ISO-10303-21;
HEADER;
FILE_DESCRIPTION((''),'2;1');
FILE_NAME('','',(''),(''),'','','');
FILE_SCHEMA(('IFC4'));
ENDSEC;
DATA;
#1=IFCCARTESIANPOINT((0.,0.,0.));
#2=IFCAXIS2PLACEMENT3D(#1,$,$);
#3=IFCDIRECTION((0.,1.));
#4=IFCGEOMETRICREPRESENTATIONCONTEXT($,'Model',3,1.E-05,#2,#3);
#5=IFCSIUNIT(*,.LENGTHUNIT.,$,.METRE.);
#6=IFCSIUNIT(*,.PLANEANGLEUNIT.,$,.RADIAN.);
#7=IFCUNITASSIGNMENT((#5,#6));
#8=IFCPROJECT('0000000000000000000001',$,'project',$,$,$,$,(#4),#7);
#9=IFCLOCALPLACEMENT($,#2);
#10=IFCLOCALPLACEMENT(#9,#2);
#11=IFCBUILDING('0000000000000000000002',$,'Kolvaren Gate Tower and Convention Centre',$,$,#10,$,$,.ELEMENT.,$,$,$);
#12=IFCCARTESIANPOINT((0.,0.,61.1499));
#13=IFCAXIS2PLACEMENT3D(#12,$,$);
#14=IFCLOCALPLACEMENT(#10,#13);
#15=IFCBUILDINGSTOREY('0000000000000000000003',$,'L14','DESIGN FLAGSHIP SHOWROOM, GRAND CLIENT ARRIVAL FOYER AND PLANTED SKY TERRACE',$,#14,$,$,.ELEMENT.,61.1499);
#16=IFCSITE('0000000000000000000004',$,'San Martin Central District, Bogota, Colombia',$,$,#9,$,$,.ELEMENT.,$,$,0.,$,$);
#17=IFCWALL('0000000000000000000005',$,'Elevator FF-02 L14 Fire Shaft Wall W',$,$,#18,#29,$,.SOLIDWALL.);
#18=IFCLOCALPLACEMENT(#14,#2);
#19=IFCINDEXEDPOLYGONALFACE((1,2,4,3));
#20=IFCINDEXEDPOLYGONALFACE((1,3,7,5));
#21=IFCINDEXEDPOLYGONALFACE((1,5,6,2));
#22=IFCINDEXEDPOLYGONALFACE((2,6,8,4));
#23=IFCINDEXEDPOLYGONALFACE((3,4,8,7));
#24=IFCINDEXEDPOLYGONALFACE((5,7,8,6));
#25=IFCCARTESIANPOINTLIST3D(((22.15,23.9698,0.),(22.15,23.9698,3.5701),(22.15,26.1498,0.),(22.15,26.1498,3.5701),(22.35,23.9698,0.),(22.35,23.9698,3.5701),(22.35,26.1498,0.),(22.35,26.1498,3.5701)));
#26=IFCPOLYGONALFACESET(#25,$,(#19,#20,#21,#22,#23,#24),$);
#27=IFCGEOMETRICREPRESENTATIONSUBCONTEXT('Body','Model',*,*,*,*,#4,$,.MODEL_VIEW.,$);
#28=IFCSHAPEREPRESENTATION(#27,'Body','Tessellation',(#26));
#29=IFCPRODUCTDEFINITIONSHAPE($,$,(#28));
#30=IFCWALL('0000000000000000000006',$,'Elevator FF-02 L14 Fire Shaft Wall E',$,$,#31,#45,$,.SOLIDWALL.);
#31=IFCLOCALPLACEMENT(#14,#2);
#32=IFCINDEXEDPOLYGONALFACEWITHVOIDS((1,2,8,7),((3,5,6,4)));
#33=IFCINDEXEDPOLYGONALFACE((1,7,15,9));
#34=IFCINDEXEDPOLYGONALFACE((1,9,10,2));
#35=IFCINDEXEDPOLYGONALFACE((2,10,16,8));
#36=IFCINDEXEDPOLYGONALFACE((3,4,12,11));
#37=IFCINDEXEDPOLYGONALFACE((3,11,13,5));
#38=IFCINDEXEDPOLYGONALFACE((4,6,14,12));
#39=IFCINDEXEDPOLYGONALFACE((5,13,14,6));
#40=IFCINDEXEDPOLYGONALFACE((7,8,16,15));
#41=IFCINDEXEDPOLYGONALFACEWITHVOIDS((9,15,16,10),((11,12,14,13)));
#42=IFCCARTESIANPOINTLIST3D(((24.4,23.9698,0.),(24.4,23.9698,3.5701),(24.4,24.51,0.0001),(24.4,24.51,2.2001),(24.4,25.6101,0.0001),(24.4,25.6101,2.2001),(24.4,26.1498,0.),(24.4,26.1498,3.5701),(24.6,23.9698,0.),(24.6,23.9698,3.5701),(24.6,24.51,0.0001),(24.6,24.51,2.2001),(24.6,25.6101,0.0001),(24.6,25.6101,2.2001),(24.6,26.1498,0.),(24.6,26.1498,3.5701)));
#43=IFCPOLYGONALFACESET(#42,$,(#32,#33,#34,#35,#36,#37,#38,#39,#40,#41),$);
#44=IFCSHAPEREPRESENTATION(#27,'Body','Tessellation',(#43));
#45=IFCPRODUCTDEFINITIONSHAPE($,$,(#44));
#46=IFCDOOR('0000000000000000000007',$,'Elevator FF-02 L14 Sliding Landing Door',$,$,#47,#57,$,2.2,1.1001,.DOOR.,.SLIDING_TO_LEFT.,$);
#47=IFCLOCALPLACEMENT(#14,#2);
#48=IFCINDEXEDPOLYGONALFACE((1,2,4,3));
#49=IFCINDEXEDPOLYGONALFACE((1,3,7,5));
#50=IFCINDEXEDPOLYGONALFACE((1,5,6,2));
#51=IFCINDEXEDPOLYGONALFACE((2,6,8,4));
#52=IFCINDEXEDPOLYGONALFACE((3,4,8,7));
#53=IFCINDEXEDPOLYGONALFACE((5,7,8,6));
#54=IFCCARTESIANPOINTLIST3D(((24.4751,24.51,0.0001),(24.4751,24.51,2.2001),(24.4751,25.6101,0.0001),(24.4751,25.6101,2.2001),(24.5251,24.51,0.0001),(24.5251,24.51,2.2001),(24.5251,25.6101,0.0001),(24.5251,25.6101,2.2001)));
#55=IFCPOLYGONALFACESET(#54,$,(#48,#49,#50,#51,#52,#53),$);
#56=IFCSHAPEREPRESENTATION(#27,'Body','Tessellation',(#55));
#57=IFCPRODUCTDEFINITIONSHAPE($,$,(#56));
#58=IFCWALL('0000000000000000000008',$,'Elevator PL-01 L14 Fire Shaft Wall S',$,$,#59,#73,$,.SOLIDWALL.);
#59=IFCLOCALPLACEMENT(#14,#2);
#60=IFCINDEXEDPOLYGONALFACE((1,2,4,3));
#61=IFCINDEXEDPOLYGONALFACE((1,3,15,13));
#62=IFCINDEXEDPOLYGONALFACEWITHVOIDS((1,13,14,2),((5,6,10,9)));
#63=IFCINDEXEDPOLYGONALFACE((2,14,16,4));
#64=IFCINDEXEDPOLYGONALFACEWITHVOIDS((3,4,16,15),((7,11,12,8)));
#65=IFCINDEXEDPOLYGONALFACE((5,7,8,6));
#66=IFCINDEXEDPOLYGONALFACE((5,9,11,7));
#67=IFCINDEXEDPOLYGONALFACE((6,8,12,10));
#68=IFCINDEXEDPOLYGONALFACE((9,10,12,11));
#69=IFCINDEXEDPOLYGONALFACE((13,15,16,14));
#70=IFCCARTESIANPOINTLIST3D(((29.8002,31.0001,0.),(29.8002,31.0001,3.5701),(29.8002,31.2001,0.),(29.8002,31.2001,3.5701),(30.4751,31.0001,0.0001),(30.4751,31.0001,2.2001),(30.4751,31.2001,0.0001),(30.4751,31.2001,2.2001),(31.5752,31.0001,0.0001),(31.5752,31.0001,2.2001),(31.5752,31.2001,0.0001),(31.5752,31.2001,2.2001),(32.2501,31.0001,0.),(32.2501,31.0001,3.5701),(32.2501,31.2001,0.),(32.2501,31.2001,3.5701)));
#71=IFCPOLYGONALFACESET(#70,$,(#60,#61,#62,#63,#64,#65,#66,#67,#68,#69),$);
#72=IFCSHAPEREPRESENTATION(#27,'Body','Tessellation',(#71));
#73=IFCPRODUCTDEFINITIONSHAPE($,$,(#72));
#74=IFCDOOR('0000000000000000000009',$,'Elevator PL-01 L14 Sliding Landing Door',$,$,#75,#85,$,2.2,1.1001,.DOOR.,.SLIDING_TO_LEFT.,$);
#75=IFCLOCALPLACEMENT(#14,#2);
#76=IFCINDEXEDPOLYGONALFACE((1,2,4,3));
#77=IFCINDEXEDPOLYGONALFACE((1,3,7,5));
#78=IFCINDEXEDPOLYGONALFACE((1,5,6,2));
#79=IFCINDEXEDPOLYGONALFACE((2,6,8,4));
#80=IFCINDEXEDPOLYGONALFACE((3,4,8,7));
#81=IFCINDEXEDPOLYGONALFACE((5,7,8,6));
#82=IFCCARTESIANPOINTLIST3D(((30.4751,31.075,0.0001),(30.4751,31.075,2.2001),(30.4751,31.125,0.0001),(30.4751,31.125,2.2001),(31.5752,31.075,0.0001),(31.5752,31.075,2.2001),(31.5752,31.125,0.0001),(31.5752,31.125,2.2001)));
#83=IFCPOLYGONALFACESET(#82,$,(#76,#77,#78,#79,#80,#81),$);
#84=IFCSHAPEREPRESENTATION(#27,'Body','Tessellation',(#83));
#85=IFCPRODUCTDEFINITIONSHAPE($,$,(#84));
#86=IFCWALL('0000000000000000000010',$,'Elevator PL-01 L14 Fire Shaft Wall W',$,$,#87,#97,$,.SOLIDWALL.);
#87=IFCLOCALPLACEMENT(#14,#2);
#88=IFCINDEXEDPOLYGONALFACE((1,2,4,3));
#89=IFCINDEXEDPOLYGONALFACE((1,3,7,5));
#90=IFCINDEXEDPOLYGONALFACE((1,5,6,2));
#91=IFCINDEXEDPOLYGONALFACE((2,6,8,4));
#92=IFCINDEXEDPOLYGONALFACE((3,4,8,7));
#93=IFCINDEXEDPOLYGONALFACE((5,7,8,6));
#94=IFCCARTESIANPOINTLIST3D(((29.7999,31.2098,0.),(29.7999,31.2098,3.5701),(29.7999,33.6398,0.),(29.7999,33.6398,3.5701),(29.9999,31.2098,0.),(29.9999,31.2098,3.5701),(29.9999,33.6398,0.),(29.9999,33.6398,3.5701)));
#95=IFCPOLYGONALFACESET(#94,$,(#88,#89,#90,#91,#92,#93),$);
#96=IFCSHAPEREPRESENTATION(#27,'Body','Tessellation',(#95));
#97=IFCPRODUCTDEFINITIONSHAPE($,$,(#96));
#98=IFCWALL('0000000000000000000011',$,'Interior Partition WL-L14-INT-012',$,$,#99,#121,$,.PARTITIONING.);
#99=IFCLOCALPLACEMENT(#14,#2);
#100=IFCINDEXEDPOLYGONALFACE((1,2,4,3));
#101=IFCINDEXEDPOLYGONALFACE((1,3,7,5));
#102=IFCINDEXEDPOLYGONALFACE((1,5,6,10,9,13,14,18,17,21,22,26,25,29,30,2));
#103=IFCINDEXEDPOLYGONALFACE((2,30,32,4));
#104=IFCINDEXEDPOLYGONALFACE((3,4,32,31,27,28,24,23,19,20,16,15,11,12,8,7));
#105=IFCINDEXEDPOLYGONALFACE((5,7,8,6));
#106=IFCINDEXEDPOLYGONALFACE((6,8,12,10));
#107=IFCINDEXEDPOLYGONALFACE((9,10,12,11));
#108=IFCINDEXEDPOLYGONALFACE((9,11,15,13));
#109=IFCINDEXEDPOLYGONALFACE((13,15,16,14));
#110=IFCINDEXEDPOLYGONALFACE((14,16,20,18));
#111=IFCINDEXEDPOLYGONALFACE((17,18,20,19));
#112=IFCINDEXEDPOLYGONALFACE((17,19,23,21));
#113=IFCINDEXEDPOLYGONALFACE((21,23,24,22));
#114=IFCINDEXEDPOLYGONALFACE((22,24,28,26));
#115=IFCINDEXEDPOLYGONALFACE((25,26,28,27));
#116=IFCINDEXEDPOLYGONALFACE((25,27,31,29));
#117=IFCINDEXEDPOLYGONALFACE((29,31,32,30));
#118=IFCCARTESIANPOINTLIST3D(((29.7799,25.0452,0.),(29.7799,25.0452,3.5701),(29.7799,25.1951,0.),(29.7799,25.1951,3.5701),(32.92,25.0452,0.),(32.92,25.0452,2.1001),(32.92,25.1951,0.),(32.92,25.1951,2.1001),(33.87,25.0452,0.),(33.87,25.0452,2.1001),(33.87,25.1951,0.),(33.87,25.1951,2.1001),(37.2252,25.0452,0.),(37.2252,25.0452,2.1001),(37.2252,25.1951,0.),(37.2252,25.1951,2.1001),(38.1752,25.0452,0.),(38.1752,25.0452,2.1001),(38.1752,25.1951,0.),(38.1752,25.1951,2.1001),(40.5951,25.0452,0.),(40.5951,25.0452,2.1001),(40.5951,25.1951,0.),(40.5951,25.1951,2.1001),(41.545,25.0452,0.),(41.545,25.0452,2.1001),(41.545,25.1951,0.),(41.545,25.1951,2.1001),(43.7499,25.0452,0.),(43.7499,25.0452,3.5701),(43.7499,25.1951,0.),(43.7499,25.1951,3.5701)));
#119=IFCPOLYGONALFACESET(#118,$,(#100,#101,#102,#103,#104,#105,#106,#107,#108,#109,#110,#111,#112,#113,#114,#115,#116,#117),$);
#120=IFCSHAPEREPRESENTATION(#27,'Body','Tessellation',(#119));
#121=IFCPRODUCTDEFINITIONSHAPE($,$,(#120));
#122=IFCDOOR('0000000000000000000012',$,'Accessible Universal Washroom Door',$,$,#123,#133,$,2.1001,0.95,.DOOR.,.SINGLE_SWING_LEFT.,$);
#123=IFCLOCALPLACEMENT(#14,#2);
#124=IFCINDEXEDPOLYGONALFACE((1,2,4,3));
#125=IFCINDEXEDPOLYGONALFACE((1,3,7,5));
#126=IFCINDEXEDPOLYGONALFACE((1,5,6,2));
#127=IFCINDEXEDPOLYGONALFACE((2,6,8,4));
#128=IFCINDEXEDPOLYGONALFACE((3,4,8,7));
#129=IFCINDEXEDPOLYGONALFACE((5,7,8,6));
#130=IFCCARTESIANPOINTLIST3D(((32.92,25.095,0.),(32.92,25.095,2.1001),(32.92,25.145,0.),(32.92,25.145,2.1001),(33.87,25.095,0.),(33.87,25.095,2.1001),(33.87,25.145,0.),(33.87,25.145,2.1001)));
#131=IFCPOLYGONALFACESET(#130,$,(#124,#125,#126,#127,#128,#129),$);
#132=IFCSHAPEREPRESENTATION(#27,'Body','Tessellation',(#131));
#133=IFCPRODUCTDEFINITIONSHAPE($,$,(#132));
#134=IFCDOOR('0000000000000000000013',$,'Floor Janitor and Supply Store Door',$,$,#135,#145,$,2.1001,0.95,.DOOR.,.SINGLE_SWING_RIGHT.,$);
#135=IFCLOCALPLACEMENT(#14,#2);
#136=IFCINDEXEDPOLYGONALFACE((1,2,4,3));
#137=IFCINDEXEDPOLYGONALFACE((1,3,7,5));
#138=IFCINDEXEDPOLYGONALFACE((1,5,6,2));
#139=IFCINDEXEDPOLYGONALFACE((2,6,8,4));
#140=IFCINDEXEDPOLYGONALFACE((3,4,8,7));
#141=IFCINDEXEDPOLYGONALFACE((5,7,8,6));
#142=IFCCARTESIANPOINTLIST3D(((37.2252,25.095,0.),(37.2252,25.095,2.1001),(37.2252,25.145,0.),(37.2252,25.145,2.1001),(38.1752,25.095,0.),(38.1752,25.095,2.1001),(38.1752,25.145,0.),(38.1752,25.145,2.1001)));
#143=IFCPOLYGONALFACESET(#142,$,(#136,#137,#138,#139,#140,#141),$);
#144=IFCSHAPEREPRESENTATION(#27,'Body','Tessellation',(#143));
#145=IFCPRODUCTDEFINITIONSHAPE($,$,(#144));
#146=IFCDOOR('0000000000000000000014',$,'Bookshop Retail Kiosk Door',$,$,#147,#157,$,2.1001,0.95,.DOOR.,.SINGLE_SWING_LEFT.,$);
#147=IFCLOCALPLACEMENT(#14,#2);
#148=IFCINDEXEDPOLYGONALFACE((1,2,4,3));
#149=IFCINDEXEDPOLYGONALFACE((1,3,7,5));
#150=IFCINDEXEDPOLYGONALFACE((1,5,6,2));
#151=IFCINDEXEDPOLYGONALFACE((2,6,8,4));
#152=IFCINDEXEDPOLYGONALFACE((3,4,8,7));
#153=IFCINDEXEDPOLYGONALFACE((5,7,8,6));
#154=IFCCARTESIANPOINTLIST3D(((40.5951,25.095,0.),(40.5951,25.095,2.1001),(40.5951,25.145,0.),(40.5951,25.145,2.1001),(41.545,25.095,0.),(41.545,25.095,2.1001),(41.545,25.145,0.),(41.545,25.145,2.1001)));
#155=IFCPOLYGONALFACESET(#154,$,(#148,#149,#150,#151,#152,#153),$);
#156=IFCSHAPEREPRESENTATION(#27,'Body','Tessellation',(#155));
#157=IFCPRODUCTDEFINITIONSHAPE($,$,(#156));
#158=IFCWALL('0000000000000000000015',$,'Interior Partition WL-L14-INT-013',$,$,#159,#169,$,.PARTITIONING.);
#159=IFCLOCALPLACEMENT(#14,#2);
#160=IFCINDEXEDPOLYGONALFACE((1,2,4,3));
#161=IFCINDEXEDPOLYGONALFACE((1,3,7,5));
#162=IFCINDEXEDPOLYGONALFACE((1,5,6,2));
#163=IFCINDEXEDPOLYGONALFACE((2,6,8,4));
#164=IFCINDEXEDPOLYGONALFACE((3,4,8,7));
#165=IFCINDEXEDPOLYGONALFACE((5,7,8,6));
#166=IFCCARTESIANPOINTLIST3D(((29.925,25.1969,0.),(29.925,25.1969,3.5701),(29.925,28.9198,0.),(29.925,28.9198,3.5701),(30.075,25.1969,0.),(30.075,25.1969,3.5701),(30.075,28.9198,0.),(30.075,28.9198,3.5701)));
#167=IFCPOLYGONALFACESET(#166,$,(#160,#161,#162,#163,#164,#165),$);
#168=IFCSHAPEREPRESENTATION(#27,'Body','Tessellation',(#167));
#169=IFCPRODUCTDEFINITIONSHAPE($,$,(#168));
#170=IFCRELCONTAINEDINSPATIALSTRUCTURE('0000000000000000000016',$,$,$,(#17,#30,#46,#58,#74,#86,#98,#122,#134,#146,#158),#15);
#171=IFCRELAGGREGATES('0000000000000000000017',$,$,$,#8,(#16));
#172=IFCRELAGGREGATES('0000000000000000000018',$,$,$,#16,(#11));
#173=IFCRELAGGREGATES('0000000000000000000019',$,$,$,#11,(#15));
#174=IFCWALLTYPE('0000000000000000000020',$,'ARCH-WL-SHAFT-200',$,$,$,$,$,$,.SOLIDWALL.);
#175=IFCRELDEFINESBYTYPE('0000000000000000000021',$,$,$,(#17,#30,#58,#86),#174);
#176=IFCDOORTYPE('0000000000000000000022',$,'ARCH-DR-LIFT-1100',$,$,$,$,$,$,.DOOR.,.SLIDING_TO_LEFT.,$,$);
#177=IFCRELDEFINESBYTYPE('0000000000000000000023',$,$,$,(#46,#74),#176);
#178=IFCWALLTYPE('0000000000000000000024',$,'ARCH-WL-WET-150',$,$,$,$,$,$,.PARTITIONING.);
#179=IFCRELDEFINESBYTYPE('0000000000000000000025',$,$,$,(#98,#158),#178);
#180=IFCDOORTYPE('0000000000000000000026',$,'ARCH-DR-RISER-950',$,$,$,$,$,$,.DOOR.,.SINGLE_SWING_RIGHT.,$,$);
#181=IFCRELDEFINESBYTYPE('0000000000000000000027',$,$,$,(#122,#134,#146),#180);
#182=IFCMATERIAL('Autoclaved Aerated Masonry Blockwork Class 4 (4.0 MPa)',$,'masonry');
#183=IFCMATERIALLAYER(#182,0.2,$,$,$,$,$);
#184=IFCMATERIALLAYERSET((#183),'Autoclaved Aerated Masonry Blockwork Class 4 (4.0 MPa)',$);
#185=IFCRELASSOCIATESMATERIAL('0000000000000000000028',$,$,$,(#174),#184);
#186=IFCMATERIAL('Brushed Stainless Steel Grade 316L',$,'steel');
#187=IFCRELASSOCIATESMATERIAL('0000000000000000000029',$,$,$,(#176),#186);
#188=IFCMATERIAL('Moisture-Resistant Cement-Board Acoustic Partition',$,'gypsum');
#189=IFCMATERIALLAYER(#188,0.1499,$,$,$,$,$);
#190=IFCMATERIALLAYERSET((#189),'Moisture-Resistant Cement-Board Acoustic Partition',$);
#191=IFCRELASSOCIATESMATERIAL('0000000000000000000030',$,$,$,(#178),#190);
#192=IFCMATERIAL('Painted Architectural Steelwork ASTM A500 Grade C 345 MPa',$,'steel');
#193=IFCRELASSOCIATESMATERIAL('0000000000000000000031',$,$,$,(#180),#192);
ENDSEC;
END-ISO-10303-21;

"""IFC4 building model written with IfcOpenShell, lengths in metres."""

from ifc_helpers import new_model, si_unit, direction, frame, frame_2d, origin, place, context, subcontext, project, spatial, rectangle, extrude, material, layer, layer_set, type_object, element, fill, save


model = new_model("IFC4")

# Units and contexts
model_context = context("Model", 3, precision=1e-05, world=origin(), true_north=direction((0.0, 1.0)))
body_context = subcontext(model_context, "Body", "Model", "MODEL_VIEW")
ifc_project = project(units=[si_unit("LENGTHUNIT", "METRE"), si_unit("PLANEANGLEUNIT", "RADIAN")], contexts=[model_context])

# Site, building, storey
site_placement = place(None, origin())
site = spatial("IfcSite", under=ifc_project, at=site_placement, Name="San Martin Central District, Bogota, Colombia", CompositionType="ELEMENT", RefElevation=0.0)
building_placement = place(site_placement, origin())
building = spatial("IfcBuilding", under=site, at=building_placement, Name="Kolvaren Gate Tower and Convention Centre", CompositionType="ELEMENT")
storey_placement = place(building_placement, frame((0.0, 0.0, 61.1499)))
storey = spatial("IfcBuildingStorey", under=building, at=storey_placement, Name="L14", Description="DESIGN FLAGSHIP SHOWROOM, GRAND CLIENT ARRIVAL FOYER AND PLANTED SKY TERRACE", CompositionType="ELEMENT", Elevation=61.1499)

# Shared definitions
ifc_material_1 = material(Name="Autoclaved Aerated Masonry Blockwork Class 4 (4.0 MPa)", Category="masonry")
ifc_layer_1 = layer(ifc_material_1, 0.2)
ifc_layer_set_1 = layer_set([ifc_layer_1], Name="Autoclaved Aerated Masonry Blockwork Class 4 (4.0 MPa)")
wall_type_1 = type_object("IfcWallType", Name="ARCH-WL-SHAFT-200", PredefinedType="SOLIDWALL", material=ifc_layer_set_1)

# Shared definitions
ifc_material_2 = material(Name="Brushed Stainless Steel Grade 316L", Category="steel")
door_type_1 = type_object("IfcDoorType", Name="ARCH-DR-LIFT-1100", OperationType="SLIDING_TO_LEFT", PredefinedType="DOOR", material=ifc_material_2)

# Wall
wall_1_placement = place(storey_placement, frame((22.25, 23.97, 0.0), z_axis=(0.0, 0.0, 1.0), x_axis=(0.0, 1.0, 0.0)))
element("IfcWall", 1, at=wall_1_placement, inside=storey, type_object=wall_type_1, Name="Elevator FF-02 L14 Fire Shaft Wall W", PredefinedType="SOLIDWALL", context=body_context, shape_type="SweptSolid", body=[
    extrude(rectangle(XDim=2.1799, YDim=0.2, at=frame_2d((1.0898, 0.0))), origin(), (0.0, 0.0, 1.0), 3.5701),
])

# Walls, openings, doors
wall_2_placement = place(storey_placement, frame((24.5, 23.97, 0.0), z_axis=(0.0, 0.0, 1.0), x_axis=(0.0, 1.0, 0.0)))
wall_2 = element("IfcWall", 2, at=wall_2_placement, inside=storey, type_object=wall_type_1, Name="Elevator FF-02 L14 Fire Shaft Wall E", PredefinedType="SOLIDWALL", context=body_context, shape_type="SweptSolid", body=[
    extrude(rectangle(XDim=2.1799, YDim=0.2, at=frame_2d((1.0898, 0.0))), origin(), (0.0, 0.0, 1.0), 3.5701),
])
opening_1_placement = place(wall_2_placement, frame((0.54, 0.0, 0.0)))
opening_1 = element("IfcOpeningElement", 3, at=opening_1_placement, cuts=wall_2, PredefinedType="OPENING", context=body_context, shape_type="SweptSolid", body=[
    extrude(rectangle(XDim=1.1001, YDim=2.2, at=frame_2d((0.55, 1.1001))), frame((0.0, 0.1099, 0.0), z_axis=(0.0, -1.0, 0.0), x_axis=(1.0, 0.0, 0.0)), (0.0, 0.0, 1.0), 0.22),
])
door_1_placement = place(opening_1_placement, origin())
door_1 = element("IfcDoor", 4, at=door_1_placement, inside=storey, type_object=door_type_1, Name="Elevator FF-02 L14 Sliding Landing Door", OperationType="SLIDING_TO_LEFT", OverallHeight=2.2, OverallWidth=1.1001, PredefinedType="DOOR", context=body_context, shape_type="SweptSolid", body=[
    extrude(rectangle(XDim=1.1001, YDim=2.2, at=frame_2d((0.55, 1.1001))), frame((0.0, 0.0249, 0.0), z_axis=(0.0, -1.0, 0.0), x_axis=(1.0, 0.0, 0.0)), (0.0, 0.0, 1.0), 0.05),
])
fill(opening_1, door_1)
wall_3_placement = place(storey_placement, frame((29.8, 31.1001, 0.0), z_axis=(0.0, 0.0, 1.0), x_axis=(1.0, 0.0, 0.0)))
wall_3 = element("IfcWall", 5, at=wall_3_placement, inside=storey, type_object=wall_type_1, Name="Elevator PL-01 L14 Fire Shaft Wall S", PredefinedType="SOLIDWALL", context=body_context, shape_type="SweptSolid", body=[
    extrude(rectangle(XDim=2.45, YDim=0.2, at=frame_2d((1.2251, 0.0))), origin(), (0.0, 0.0, 1.0), 3.5701),
])
opening_2_placement = place(wall_3_placement, frame((0.675, 0.0, 0.0)))
opening_2 = element("IfcOpeningElement", 6, at=opening_2_placement, cuts=wall_3, PredefinedType="OPENING", context=body_context, shape_type="SweptSolid", body=[
    extrude(rectangle(XDim=1.1001, YDim=2.2, at=frame_2d((0.55, 1.1001))), frame((0.0, 0.1099, 0.0), z_axis=(0.0, -1.0, 0.0), x_axis=(1.0, 0.0, 0.0)), (0.0, 0.0, 1.0), 0.22),
])
door_2_placement = place(opening_2_placement, origin())
door_2 = element("IfcDoor", 7, at=door_2_placement, inside=storey, type_object=door_type_1, Name="Elevator PL-01 L14 Sliding Landing Door", OperationType="SLIDING_TO_LEFT", OverallHeight=2.2, OverallWidth=1.1001, PredefinedType="DOOR", context=body_context, shape_type="SweptSolid", body=[
    extrude(rectangle(XDim=1.1001, YDim=2.2, at=frame_2d((0.55, 1.1001))), frame((0.0, 0.0249, 0.0), z_axis=(0.0, -1.0, 0.0), x_axis=(1.0, 0.0, 0.0)), (0.0, 0.0, 1.0), 0.05),
])
fill(opening_2, door_2)

# Wall
wall_4_placement = place(storey_placement, frame((29.8999, 31.21, 0.0), z_axis=(0.0, 0.0, 1.0), x_axis=(0.0, 1.0, 0.0)))
element("IfcWall", 8, at=wall_4_placement, inside=storey, type_object=wall_type_1, Name="Elevator PL-01 L14 Fire Shaft Wall W", PredefinedType="SOLIDWALL", context=body_context, shape_type="SweptSolid", body=[
    extrude(rectangle(XDim=2.4299, YDim=0.2, at=frame_2d((1.2148, 0.0))), origin(), (0.0, 0.0, 1.0), 3.5701),
])

# Wall, openings, doors
ifc_material_3 = material(Name="Moisture-Resistant Cement-Board Acoustic Partition", Category="gypsum")
ifc_layer_2 = layer(ifc_material_3, 0.1499)
ifc_layer_set_2 = layer_set([ifc_layer_2], Name="Moisture-Resistant Cement-Board Acoustic Partition")
wall_type_2 = type_object("IfcWallType", Name="ARCH-WL-WET-150", PredefinedType="PARTITIONING", material=ifc_layer_set_2)
wall_5_placement = place(storey_placement, frame((29.78, 25.1201, 0.0), z_axis=(0.0, 0.0, 1.0), x_axis=(1.0, 0.0, 0.0)))
wall_5 = element("IfcWall", 9, at=wall_5_placement, inside=storey, type_object=wall_type_2, Name="Interior Partition WL-L14-INT-012", PredefinedType="PARTITIONING", context=body_context, shape_type="SweptSolid", body=[
    extrude(rectangle(XDim=13.97, YDim=0.1499, at=frame_2d((6.9849, 0.0))), origin(), (0.0, 0.0, 1.0), 3.5701),
])
opening_3_placement = place(wall_5_placement, frame((3.1399, 0.0, 0.0)))
opening_3 = element("IfcOpeningElement", 10, at=opening_3_placement, cuts=wall_5, PredefinedType="OPENING", context=body_context, shape_type="SweptSolid", body=[
    extrude(rectangle(XDim=0.95, YDim=2.1001, at=frame_2d((0.4751, 1.05))), frame((0.0, 0.085, 0.0), z_axis=(0.0, -1.0, 0.0), x_axis=(1.0, 0.0, 0.0)), (0.0, 0.0, 1.0), 0.1699),
])
opening_4_placement = place(wall_5_placement, frame((7.4451, 0.0, 0.0)))
opening_4 = element("IfcOpeningElement", 11, at=opening_4_placement, cuts=wall_5, PredefinedType="OPENING", context=body_context, shape_type="SweptSolid", body=[
    extrude(rectangle(XDim=0.95, YDim=2.1001, at=frame_2d((0.4751, 1.05))), frame((0.0, 0.085, 0.0), z_axis=(0.0, -1.0, 0.0), x_axis=(1.0, 0.0, 0.0)), (0.0, 0.0, 1.0), 0.1699),
])
opening_5_placement = place(wall_5_placement, frame((10.8149, 0.0, 0.0)))
opening_5 = element("IfcOpeningElement", 12, at=opening_5_placement, cuts=wall_5, PredefinedType="OPENING", context=body_context, shape_type="SweptSolid", body=[
    extrude(rectangle(XDim=0.95, YDim=2.1001, at=frame_2d((0.4751, 1.05))), frame((0.0, 0.085, 0.0), z_axis=(0.0, -1.0, 0.0), x_axis=(1.0, 0.0, 0.0)), (0.0, 0.0, 1.0), 0.1699),
])
ifc_material_4 = material(Name="Painted Architectural Steelwork ASTM A500 Grade C 345 MPa", Category="steel")
door_type_2 = type_object("IfcDoorType", Name="ARCH-DR-RISER-950", OperationType="SINGLE_SWING_RIGHT", PredefinedType="DOOR", material=ifc_material_4)
door_3_placement = place(opening_3_placement, origin())
door_3 = element("IfcDoor", 13, at=door_3_placement, inside=storey, type_object=door_type_2, Name="Accessible Universal Washroom Door", OperationType="SINGLE_SWING_LEFT", OverallHeight=2.1001, OverallWidth=0.95, PredefinedType="DOOR", context=body_context, shape_type="SweptSolid", body=[
    extrude(rectangle(XDim=0.95, YDim=2.1001, at=frame_2d((0.4751, 1.05))), frame((0.0, 0.0249, 0.0), z_axis=(0.0, -1.0, 0.0), x_axis=(1.0, 0.0, 0.0)), (0.0, 0.0, 1.0), 0.05),
])
fill(opening_3, door_3)
door_4_placement = place(opening_4_placement, origin())
door_4 = element("IfcDoor", 14, at=door_4_placement, inside=storey, type_object=door_type_2, Name="Floor Janitor and Supply Store Door", OperationType="SINGLE_SWING_RIGHT", OverallHeight=2.1001, OverallWidth=0.95, PredefinedType="DOOR", context=body_context, shape_type="SweptSolid", body=[
    extrude(rectangle(XDim=0.95, YDim=2.1001, at=frame_2d((0.4751, 1.05))), frame((0.0, 0.0249, 0.0), z_axis=(0.0, -1.0, 0.0), x_axis=(1.0, 0.0, 0.0)), (0.0, 0.0, 1.0), 0.05),
])
fill(opening_4, door_4)
door_5_placement = place(opening_5_placement, origin())
door_5 = element("IfcDoor", 15, at=door_5_placement, inside=storey, type_object=door_type_2, Name="Bookshop Retail Kiosk Door", OperationType="SINGLE_SWING_LEFT", OverallHeight=2.1001, OverallWidth=0.95, PredefinedType="DOOR", context=body_context, shape_type="SweptSolid", body=[
    extrude(rectangle(XDim=0.95, YDim=2.1001, at=frame_2d((0.4751, 1.05))), frame((0.0, 0.0249, 0.0), z_axis=(0.0, -1.0, 0.0), x_axis=(1.0, 0.0, 0.0)), (0.0, 0.0, 1.0), 0.05),
])
fill(opening_5, door_5)

# Wall
wall_6_placement = place(storey_placement, frame((30.0, 25.197, 0.0), z_axis=(0.0, 0.0, 1.0), x_axis=(0.0, 1.0, 0.0)))
element("IfcWall", 16, at=wall_6_placement, inside=storey, type_object=wall_type_2, Name="Interior Partition WL-L14-INT-013", PredefinedType="PARTITIONING", context=body_context, shape_type="SweptSolid", body=[
    extrude(rectangle(XDim=3.7229, YDim=0.1499, at=frame_2d((1.8613, 0.0))), origin(), (0.0, 0.0, 1.0), 3.5701),
])

save(model, "model.ifc")
